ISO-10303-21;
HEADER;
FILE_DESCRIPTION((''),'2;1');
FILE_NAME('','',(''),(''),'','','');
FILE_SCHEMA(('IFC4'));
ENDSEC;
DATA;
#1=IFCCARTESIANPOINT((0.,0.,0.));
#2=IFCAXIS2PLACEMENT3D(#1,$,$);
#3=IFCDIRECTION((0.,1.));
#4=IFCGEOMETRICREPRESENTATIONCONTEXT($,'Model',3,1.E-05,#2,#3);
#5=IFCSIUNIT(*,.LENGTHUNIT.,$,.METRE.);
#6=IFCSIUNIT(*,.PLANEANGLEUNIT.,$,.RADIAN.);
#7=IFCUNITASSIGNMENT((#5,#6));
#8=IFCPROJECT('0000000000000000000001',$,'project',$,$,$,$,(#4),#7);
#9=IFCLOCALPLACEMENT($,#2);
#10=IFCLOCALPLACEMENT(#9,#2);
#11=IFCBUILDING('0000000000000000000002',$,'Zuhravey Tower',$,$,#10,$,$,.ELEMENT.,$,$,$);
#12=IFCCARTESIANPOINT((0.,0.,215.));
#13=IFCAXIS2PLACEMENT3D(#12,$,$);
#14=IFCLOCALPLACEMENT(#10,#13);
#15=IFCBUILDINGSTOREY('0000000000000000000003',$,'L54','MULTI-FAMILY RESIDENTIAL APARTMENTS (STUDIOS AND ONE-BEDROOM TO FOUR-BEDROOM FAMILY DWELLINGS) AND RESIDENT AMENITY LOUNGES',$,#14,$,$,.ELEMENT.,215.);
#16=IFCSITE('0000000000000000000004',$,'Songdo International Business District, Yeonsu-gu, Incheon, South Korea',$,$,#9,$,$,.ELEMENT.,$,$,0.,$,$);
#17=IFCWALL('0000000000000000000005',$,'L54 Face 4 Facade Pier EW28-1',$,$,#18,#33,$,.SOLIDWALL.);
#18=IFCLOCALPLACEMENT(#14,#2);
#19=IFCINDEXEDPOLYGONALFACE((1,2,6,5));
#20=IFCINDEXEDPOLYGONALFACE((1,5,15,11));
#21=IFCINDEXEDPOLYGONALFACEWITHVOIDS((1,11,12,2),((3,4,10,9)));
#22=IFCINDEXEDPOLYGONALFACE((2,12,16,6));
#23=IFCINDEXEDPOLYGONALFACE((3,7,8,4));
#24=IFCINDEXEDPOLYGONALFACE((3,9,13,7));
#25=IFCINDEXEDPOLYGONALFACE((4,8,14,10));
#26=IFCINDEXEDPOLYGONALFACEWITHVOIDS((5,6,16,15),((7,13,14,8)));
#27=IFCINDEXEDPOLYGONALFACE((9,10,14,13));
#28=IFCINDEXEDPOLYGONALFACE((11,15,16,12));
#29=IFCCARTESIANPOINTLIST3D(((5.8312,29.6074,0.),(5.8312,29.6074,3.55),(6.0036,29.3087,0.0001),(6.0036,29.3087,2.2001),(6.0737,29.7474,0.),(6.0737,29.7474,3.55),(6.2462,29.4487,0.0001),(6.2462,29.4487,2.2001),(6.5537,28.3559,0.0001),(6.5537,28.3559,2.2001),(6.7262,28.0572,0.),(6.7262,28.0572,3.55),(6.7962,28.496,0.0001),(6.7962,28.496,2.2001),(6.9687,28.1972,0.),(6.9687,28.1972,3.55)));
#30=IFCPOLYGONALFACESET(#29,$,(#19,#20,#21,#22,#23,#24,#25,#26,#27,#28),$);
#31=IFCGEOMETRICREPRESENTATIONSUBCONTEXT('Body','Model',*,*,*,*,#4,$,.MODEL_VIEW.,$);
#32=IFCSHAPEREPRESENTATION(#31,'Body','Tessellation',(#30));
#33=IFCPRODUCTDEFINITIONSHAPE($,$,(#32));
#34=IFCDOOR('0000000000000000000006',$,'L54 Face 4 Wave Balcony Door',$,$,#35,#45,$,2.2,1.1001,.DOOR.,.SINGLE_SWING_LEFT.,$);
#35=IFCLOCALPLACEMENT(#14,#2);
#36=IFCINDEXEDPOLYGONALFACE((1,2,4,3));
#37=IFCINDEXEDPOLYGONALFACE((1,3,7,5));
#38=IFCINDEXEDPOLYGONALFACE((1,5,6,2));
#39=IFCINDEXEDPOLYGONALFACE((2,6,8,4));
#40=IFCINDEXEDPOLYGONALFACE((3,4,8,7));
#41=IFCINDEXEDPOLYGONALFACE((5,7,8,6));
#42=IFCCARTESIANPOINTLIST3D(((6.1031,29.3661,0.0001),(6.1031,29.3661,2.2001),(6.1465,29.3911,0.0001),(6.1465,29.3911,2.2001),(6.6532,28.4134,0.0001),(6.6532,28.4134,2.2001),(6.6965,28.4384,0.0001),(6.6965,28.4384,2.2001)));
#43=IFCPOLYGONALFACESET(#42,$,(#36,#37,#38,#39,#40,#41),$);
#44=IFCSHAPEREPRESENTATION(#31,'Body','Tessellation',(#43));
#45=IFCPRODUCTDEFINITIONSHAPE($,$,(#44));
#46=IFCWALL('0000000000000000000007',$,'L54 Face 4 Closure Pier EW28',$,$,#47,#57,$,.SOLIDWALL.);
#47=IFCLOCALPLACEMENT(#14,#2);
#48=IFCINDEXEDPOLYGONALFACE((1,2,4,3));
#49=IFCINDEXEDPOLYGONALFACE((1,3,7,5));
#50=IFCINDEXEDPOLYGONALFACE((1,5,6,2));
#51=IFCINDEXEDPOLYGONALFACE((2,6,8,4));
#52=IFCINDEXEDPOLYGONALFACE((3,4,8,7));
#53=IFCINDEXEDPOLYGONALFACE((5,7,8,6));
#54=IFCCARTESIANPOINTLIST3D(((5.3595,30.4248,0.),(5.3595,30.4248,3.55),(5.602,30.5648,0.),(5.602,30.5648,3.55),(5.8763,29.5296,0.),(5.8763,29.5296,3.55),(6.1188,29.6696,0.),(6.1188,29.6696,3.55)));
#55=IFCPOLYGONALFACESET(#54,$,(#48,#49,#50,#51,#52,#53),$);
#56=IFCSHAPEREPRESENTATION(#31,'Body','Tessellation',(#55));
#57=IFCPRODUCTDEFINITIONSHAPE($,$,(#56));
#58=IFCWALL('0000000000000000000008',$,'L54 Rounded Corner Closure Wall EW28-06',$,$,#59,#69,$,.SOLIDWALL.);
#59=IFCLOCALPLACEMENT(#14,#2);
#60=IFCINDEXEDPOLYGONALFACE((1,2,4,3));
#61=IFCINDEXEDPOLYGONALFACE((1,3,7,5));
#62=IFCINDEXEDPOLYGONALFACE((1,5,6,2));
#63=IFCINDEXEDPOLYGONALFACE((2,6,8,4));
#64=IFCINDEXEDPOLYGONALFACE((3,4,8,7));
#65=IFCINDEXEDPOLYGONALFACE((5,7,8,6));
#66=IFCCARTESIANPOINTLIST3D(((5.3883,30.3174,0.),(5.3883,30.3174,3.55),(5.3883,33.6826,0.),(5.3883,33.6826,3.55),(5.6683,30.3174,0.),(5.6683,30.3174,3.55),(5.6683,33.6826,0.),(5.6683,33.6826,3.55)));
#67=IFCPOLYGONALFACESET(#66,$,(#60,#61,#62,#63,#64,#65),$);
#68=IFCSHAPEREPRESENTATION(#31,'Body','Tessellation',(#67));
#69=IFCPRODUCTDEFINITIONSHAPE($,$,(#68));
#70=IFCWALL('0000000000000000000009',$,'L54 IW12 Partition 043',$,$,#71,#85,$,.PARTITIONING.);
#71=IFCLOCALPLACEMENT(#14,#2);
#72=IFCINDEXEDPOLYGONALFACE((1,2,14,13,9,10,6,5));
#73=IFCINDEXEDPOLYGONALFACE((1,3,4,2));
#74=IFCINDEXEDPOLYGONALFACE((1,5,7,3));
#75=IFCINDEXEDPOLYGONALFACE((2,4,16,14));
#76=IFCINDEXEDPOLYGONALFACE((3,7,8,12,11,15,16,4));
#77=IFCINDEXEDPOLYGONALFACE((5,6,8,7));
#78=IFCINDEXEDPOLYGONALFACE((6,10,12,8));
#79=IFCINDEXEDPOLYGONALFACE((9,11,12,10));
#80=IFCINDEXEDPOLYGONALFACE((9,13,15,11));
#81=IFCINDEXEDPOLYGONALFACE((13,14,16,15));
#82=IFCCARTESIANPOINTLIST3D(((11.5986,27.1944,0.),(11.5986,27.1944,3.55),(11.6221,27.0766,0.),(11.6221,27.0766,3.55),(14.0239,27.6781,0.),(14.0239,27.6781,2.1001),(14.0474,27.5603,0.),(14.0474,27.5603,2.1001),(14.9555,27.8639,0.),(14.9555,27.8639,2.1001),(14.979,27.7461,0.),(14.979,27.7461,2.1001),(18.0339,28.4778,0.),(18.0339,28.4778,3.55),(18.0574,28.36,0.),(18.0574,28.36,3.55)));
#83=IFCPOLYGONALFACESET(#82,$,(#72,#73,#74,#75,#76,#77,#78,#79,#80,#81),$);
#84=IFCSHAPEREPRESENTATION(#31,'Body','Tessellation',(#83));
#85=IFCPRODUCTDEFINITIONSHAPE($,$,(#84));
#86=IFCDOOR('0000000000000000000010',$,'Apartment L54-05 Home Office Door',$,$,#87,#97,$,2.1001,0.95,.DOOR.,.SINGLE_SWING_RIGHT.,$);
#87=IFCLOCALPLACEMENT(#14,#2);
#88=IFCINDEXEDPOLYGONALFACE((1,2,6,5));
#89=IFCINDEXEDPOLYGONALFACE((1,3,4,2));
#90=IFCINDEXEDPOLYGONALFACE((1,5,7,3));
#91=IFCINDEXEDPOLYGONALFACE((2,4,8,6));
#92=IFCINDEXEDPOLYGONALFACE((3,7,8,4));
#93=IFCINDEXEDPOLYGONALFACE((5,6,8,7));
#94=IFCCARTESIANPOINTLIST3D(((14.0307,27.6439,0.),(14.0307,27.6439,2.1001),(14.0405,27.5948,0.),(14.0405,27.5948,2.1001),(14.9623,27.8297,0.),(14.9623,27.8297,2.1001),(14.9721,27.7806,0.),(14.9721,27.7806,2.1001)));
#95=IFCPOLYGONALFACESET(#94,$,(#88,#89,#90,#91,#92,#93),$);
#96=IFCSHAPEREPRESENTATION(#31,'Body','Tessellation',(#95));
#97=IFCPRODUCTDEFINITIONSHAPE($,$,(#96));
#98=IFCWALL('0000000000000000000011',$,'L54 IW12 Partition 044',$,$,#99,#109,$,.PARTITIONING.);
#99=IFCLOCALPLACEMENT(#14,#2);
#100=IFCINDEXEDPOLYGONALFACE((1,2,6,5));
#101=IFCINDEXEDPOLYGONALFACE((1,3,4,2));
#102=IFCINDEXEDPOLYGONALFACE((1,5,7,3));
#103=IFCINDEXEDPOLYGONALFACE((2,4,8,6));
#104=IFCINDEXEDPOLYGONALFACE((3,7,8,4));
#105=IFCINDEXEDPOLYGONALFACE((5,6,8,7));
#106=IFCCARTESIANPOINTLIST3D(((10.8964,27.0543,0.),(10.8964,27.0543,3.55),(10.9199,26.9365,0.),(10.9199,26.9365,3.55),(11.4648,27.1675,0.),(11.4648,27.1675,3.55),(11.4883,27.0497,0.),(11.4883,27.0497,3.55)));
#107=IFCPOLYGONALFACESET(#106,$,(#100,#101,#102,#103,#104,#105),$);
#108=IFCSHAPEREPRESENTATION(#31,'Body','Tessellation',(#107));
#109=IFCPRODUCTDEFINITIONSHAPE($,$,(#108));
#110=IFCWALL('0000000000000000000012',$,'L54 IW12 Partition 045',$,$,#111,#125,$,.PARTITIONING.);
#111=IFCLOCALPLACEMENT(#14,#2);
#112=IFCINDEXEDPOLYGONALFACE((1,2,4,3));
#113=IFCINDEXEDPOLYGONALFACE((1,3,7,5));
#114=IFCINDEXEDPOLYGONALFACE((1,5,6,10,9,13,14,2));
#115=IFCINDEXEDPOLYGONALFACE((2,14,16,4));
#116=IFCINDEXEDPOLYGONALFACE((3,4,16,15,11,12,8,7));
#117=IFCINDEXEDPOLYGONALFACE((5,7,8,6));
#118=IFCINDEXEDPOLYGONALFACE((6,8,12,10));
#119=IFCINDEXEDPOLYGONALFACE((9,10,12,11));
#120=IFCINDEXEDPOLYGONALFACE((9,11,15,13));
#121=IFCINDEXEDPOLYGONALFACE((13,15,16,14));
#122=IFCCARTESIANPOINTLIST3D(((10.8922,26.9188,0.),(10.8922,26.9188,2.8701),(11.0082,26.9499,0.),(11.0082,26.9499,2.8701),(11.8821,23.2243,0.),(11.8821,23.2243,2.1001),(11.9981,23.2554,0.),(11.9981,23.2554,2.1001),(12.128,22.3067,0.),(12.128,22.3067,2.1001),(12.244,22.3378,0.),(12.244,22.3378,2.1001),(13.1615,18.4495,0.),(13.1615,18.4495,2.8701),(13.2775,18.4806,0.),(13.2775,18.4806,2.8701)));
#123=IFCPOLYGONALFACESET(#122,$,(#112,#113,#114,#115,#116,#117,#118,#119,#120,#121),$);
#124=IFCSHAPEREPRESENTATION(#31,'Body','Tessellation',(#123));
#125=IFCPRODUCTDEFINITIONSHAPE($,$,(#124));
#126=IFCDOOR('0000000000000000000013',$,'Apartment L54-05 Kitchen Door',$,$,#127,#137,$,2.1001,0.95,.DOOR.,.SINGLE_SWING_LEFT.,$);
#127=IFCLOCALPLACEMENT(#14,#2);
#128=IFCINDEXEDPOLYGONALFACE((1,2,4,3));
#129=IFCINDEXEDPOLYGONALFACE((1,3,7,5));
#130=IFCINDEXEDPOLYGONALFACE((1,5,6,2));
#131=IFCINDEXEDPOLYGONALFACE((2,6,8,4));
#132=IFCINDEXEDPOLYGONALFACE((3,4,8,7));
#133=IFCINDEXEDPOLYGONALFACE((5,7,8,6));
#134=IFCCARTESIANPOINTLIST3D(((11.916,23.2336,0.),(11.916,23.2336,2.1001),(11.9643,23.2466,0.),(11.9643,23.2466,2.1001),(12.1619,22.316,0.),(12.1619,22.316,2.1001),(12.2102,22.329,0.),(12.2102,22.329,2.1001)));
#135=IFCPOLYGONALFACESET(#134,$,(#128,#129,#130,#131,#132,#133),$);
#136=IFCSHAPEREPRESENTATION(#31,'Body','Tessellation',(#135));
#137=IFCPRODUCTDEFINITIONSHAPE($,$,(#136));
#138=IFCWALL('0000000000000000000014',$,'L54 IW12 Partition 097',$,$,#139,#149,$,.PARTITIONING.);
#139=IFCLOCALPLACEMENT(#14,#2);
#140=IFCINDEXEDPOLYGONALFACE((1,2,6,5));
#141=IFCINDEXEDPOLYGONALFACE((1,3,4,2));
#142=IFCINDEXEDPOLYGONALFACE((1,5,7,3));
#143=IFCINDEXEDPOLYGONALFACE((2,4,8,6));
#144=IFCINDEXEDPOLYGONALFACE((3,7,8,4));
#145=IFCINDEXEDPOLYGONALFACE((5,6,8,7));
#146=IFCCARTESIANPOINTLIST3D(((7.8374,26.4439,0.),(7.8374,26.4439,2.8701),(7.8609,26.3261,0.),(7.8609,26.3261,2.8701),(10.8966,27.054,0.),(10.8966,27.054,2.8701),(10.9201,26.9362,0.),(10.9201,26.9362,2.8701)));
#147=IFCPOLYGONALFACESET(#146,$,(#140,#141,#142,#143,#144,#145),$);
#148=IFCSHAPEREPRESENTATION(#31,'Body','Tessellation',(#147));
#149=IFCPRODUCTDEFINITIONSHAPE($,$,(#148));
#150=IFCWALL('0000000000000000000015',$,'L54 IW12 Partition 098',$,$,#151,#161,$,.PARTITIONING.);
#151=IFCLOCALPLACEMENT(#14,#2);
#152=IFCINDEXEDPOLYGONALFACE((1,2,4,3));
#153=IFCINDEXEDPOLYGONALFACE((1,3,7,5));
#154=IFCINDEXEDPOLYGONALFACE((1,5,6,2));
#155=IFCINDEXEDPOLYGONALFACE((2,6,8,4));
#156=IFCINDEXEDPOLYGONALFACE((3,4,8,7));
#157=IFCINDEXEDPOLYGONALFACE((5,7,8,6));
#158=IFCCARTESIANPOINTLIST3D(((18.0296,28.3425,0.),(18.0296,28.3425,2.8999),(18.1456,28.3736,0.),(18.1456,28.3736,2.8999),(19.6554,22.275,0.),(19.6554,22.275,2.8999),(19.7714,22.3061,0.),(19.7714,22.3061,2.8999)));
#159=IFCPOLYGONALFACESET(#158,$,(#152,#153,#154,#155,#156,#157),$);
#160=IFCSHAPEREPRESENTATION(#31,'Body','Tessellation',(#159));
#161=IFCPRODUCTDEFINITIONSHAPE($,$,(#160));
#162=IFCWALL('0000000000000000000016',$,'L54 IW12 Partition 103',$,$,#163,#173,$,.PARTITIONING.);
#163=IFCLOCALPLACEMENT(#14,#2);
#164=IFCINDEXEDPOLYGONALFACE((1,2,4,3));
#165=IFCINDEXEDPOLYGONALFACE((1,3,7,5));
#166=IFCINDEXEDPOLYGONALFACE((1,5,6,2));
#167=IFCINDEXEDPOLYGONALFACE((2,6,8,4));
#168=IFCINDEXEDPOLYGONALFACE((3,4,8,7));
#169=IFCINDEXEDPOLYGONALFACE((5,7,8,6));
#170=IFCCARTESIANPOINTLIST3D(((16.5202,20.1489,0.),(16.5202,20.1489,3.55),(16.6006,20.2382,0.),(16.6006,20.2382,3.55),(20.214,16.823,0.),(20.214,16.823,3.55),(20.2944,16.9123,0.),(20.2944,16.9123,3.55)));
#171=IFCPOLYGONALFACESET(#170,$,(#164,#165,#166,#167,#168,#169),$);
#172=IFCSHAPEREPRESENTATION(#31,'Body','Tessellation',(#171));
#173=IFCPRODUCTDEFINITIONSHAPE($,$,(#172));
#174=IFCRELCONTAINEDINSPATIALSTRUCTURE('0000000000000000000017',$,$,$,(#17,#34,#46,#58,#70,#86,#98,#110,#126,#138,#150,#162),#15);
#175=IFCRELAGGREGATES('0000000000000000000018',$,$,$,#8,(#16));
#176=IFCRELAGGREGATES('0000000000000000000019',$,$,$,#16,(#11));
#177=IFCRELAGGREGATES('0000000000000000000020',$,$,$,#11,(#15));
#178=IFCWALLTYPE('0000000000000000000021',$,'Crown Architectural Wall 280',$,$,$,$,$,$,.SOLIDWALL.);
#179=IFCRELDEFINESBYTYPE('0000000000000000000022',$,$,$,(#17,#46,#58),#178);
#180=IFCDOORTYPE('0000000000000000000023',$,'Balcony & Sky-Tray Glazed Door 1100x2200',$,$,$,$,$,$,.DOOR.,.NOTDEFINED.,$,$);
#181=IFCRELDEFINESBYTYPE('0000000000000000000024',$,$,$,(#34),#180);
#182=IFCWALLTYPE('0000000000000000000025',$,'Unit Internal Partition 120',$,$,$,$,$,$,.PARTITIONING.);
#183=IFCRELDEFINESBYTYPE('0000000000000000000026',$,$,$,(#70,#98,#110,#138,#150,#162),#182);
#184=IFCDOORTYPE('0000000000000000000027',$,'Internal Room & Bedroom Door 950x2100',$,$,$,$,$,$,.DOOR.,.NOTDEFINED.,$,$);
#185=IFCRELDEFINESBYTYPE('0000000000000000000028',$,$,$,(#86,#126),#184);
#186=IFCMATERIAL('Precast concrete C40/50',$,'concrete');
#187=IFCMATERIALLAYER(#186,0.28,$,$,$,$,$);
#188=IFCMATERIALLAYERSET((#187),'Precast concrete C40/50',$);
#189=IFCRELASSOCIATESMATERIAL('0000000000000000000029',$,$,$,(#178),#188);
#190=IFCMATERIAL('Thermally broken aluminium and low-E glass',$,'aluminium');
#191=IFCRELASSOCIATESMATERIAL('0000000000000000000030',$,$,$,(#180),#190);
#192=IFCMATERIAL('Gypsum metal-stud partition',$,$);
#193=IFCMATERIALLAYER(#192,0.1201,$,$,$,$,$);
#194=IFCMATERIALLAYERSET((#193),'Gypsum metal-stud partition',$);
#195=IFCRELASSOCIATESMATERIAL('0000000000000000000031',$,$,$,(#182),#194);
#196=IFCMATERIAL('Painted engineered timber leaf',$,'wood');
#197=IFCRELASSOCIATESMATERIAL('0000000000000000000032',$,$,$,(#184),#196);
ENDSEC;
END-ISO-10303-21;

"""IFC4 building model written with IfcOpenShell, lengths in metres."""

from ifc_helpers import new_model, si_unit, direction, frame, frame_2d, origin, place, context, subcontext, project, spatial, rectangle, extrude, material, layer, layer_set, type_object, element, fill, save


model = new_model("IFC4")

# Units and contexts
model_context = context("Model", 3, precision=1e-05, world=origin(), true_north=direction((0.0, 1.0)))
body_context = subcontext(model_context, "Body", "Model", "MODEL_VIEW")
ifc_project = project(units=[si_unit("LENGTHUNIT", "METRE"), si_unit("PLANEANGLEUNIT", "RADIAN")], contexts=[model_context])

# Site, building, storey
site_placement = place(None, origin())
site = spatial("IfcSite", under=ifc_project, at=site_placement, Name="Songdo International Business District, Yeonsu-gu, Incheon, South Korea", CompositionType="ELEMENT", RefElevation=0.0)
building_placement = place(site_placement, origin())
building = spatial("IfcBuilding", under=site, at=building_placement, Name="Zuhravey Tower", CompositionType="ELEMENT")
storey_placement = place(building_placement, frame((0.0, 0.0, 215.0)))
storey = spatial("IfcBuildingStorey", under=building, at=storey_placement, Name="L54", Description="MULTI-FAMILY RESIDENTIAL APARTMENTS (STUDIOS AND ONE-BEDROOM TO FOUR-BEDROOM FAMILY DWELLINGS) AND RESIDENT AMENITY LOUNGES", CompositionType="ELEMENT", Elevation=215.0)

# Wall, opening, door
ifc_material_1 = material(Name="Precast concrete C40/50", Category="concrete")
ifc_layer_1 = layer(ifc_material_1, 0.28)
ifc_layer_set_1 = layer_set([ifc_layer_1], Name="Precast concrete C40/50")
wall_type_1 = type_object("IfcWallType", Name="Crown Architectural Wall 280", PredefinedType="SOLIDWALL", material=ifc_layer_set_1)
wall_1_placement = place(storey_placement, frame((6.8474, 28.1272, 0.0), z_axis=(0.0, 0.0, 1.0), x_axis=(-0.499982, 0.866036, 0.0)))
wall_1 = element("IfcWall", 1, at=wall_1_placement, inside=storey, type_object=wall_type_1, Name="L54 Face 4 Facade Pier EW28-1", PredefinedType="SOLIDWALL", context=body_context, shape_type="SweptSolid", body=[
    extrude(rectangle(XDim=1.79, YDim=0.28, at=frame_2d((0.895, 0.0))), origin(), (0.0, 0.0, 1.0), 3.55),
])
opening_1_placement = place(wall_1_placement, frame((0.345, 0.0, 0.0)))
opening_1 = element("IfcOpeningElement", 2, at=opening_1_placement, cuts=wall_1, PredefinedType="OPENING", context=body_context, shape_type="SweptSolid", body=[
    extrude(rectangle(XDim=1.1001, YDim=2.2, at=frame_2d((0.55, 1.1001))), frame((0.0, 0.1521, 0.0), z_axis=(0.0, -1.0, 0.0), x_axis=(1.0, 0.0, 0.0)), (0.0, 0.0, 1.0), 0.304),
])
ifc_material_2 = material(Name="Thermally broken aluminium and low-E glass", Category="aluminium")
door_type_1 = type_object("IfcDoorType", Name="Balcony & Sky-Tray Glazed Door 1100x2200", OperationType="NOTDEFINED", PredefinedType="DOOR", material=ifc_material_2)
door_1_placement = place(opening_1_placement, frame((1.1001, 0.0, 0.0), z_axis=(0.0, 0.0, 1.0), x_axis=(-1.0, 0.0, 0.0)))
door_1 = element("IfcDoor", 3, at=door_1_placement, inside=storey, type_object=door_type_1, Name="L54 Face 4 Wave Balcony Door", OperationType="SINGLE_SWING_LEFT", OverallHeight=2.2, OverallWidth=1.1001, PredefinedType="DOOR", context=body_context, shape_type="SweptSolid", body=[
    extrude(rectangle(XDim=1.1001, YDim=2.2, at=frame_2d((0.55, 1.1001))), frame((0.0, 0.0249, 0.0), z_axis=(0.0, -1.0, 0.0), x_axis=(1.0, 0.0, 0.0)), (0.0, 0.0, 1.0), 0.05),
])
fill(opening_1, door_1)

# Walls
wall_2_placement = place(storey_placement, frame((5.9976, 29.5996, 0.0), z_axis=(0.0, 0.0, 1.0), x_axis=(-0.499975, 0.86604, 0.0)))
element("IfcWall", 4, at=wall_2_placement, inside=storey, type_object=wall_type_1, Name="L54 Face 4 Closure Pier EW28", PredefinedType="SOLIDWALL", context=body_context, shape_type="SweptSolid", body=[
    extrude(rectangle(XDim=1.0337, YDim=0.28, at=frame_2d((0.5168, 0.0))), origin(), (0.0, 0.0, 1.0), 3.55),
])
wall_3_placement = place(storey_placement, frame((5.5283, 30.3174, 0.0), z_axis=(0.0, 0.0, 1.0), x_axis=(0.0, 1.0, 0.0)))
element("IfcWall", 5, at=wall_3_placement, inside=storey, type_object=wall_type_1, Name="L54 Rounded Corner Closure Wall EW28-06", PredefinedType="SOLIDWALL", context=body_context, shape_type="SweptSolid", body=[
    extrude(rectangle(XDim=3.3652, YDim=0.28, at=frame_2d((1.6826, 0.0))), origin(), (0.0, 0.0, 1.0), 3.55),
])

# Wall, opening, door
ifc_material_3 = material(Name="Gypsum metal-stud partition")
ifc_layer_2 = layer(ifc_material_3, 0.1201)
ifc_layer_set_2 = layer_set([ifc_layer_2], Name="Gypsum metal-stud partition")
wall_type_2 = type_object("IfcWallType", Name="Unit Internal Partition 120", PredefinedType="PARTITIONING", material=ifc_layer_set_2)
wall_4_placement = place(storey_placement, frame((18.0457, 28.4189, 0.0), z_axis=(0.0, 0.0, 1.0), x_axis=(-0.980686, -0.195587, 0.0)))
wall_4 = element("IfcWall", 6, at=wall_4_placement, inside=storey, type_object=wall_type_2, Name="L54 IW12 Partition 043", PredefinedType="PARTITIONING", context=body_context, shape_type="SweptSolid", body=[
    extrude(rectangle(XDim=6.562, YDim=0.1201, at=frame_2d((3.281, 0.0))), origin(), (0.0, 0.0, 1.0), 3.55),
])
opening_2_placement = place(wall_4_placement, frame((3.1389, 0.0, 0.0)))
opening_2 = element("IfcOpeningElement", 7, at=opening_2_placement, cuts=wall_4, PredefinedType="OPENING", context=body_context, shape_type="SweptSolid", body=[
    extrude(rectangle(XDim=0.95, YDim=2.1001, at=frame_2d((0.4751, 1.05))), frame((0.0, 0.072, 0.0), z_axis=(0.0, -1.0, 0.0), x_axis=(1.0, 0.0, 0.0)), (0.0, 0.0, 1.0), 0.144),
])
ifc_material_4 = material(Name="Painted engineered timber leaf", Category="wood")
door_type_2 = type_object("IfcDoorType", Name="Internal Room & Bedroom Door 950x2100", OperationType="NOTDEFINED", PredefinedType="DOOR", material=ifc_material_4)
door_2_placement = place(opening_2_placement, origin())
door_2 = element("IfcDoor", 8, at=door_2_placement, inside=storey, type_object=door_type_2, Name="Apartment L54-05 Home Office Door", OperationType="SINGLE_SWING_RIGHT", OverallHeight=2.1001, OverallWidth=0.95, PredefinedType="DOOR", context=body_context, shape_type="SweptSolid", body=[
    extrude(rectangle(XDim=0.95, YDim=2.1001, at=frame_2d((0.4751, 1.05))), frame((0.0, 0.0249, 0.0), z_axis=(0.0, -1.0, 0.0), x_axis=(1.0, 0.0, 0.0)), (0.0, 0.0, 1.0), 0.05),
])
fill(opening_2, door_2)

# Wall
wall_5_placement = place(storey_placement, frame((11.4766, 27.1086, 0.0), z_axis=(0.0, 0.0, 1.0), x_axis=(-0.98071, -0.195468, 0.0)))
element("IfcWall", 9, at=wall_5_placement, inside=storey, type_object=wall_type_2, Name="L54 IW12 Partition 044", PredefinedType="PARTITIONING", context=body_context, shape_type="SweptSolid", body=[
    extrude(rectangle(XDim=0.5796, YDim=0.1201, at=frame_2d((0.2898, 0.0))), origin(), (0.0, 0.0, 1.0), 3.55),
])

# Wall, opening, door
wall_6_placement = place(storey_placement, frame((10.9502, 26.9343, 0.0), z_axis=(0.0, 0.0, 1.0), x_axis=(0.258815, -0.965927, 0.0)))
wall_6 = element("IfcWall", 10, at=wall_6_placement, inside=storey, type_object=wall_type_2, Name="L54 IW12 Partition 045", PredefinedType="PARTITIONING", context=body_context, shape_type="SweptSolid", body=[
    extrude(rectangle(XDim=8.7681, YDim=0.1201, at=frame_2d((4.384, 0.0))), origin(), (0.0, 0.0, 1.0), 2.8701),
])
opening_3_placement = place(wall_6_placement, frame((3.8247, 0.0, 0.0)))
opening_3 = element("IfcOpeningElement", 11, at=opening_3_placement, cuts=wall_6, PredefinedType="OPENING", context=body_context, shape_type="SweptSolid", body=[
    extrude(rectangle(XDim=0.95, YDim=2.1001, at=frame_2d((0.4751, 1.05))), frame((0.0, 0.072, 0.0), z_axis=(0.0, -1.0, 0.0), x_axis=(1.0, 0.0, 0.0)), (0.0, 0.0, 1.0), 0.144),
])
door_3_placement = place(opening_3_placement, frame((0.95, 0.0, 0.0), z_axis=(0.0, 0.0, 1.0), x_axis=(-1.0, 0.0, 0.0)))
door_3 = element("IfcDoor", 12, at=door_3_placement, inside=storey, type_object=door_type_2, Name="Apartment L54-05 Kitchen Door", OperationType="SINGLE_SWING_LEFT", OverallHeight=2.1001, OverallWidth=0.95, PredefinedType="DOOR", context=body_context, shape_type="SweptSolid", body=[
    extrude(rectangle(XDim=0.95, YDim=2.1001, at=frame_2d((0.4751, 1.05))), frame((0.0, 0.0249, 0.0), z_axis=(0.0, -1.0, 0.0), x_axis=(1.0, 0.0, 0.0)), (0.0, 0.0, 1.0), 0.05),
])
fill(opening_3, door_3)

# Walls
wall_7_placement = place(storey_placement, frame((10.9082, 26.9951, 0.0), z_axis=(0.0, 0.0, 1.0), x_axis=(-0.980686, -0.195589, 0.0)))
element("IfcWall", 13, at=wall_7_placement, inside=storey, type_object=wall_type_2, Name="L54 IW12 Partition 097", PredefinedType="PARTITIONING", context=body_context, shape_type="SweptSolid", body=[
    extrude(rectangle(XDim=3.1194, YDim=0.1201, at=frame_2d((1.5596, 0.0))), origin(), (0.0, 0.0, 1.0), 2.8701),
])
wall_8_placement = place(storey_placement, frame((18.0876, 28.3579, 0.0), z_axis=(0.0, 0.0, 1.0), x_axis=(0.258816, -0.965927, 0.0)))
element("IfcWall", 14, at=wall_8_placement, inside=storey, type_object=wall_type_2, Name="L54 IW12 Partition 098", PredefinedType="PARTITIONING", context=body_context, shape_type="SweptSolid", body=[
    extrude(rectangle(XDim=6.2815, YDim=0.1201, at=frame_2d((3.1406, 0.0))), origin(), (0.0, 0.0, 1.0), 2.8999),
])
wall_9_placement = place(storey_placement, frame((16.5603, 20.1936, 0.0), z_axis=(0.0, 0.0, 1.0), x_axis=(0.743148, -0.669128, 0.0)))
element("IfcWall", 15, at=wall_9_placement, inside=storey, type_object=wall_type_2, Name="L54 IW12 Partition 103", PredefinedType="PARTITIONING", context=body_context, shape_type="SweptSolid", body=[
    extrude(rectangle(XDim=4.9705, YDim=0.1201, at=frame_2d((2.4854, 0.0))), origin(), (0.0, 0.0, 1.0), 3.55),
])

save(model, "model.ifc")
